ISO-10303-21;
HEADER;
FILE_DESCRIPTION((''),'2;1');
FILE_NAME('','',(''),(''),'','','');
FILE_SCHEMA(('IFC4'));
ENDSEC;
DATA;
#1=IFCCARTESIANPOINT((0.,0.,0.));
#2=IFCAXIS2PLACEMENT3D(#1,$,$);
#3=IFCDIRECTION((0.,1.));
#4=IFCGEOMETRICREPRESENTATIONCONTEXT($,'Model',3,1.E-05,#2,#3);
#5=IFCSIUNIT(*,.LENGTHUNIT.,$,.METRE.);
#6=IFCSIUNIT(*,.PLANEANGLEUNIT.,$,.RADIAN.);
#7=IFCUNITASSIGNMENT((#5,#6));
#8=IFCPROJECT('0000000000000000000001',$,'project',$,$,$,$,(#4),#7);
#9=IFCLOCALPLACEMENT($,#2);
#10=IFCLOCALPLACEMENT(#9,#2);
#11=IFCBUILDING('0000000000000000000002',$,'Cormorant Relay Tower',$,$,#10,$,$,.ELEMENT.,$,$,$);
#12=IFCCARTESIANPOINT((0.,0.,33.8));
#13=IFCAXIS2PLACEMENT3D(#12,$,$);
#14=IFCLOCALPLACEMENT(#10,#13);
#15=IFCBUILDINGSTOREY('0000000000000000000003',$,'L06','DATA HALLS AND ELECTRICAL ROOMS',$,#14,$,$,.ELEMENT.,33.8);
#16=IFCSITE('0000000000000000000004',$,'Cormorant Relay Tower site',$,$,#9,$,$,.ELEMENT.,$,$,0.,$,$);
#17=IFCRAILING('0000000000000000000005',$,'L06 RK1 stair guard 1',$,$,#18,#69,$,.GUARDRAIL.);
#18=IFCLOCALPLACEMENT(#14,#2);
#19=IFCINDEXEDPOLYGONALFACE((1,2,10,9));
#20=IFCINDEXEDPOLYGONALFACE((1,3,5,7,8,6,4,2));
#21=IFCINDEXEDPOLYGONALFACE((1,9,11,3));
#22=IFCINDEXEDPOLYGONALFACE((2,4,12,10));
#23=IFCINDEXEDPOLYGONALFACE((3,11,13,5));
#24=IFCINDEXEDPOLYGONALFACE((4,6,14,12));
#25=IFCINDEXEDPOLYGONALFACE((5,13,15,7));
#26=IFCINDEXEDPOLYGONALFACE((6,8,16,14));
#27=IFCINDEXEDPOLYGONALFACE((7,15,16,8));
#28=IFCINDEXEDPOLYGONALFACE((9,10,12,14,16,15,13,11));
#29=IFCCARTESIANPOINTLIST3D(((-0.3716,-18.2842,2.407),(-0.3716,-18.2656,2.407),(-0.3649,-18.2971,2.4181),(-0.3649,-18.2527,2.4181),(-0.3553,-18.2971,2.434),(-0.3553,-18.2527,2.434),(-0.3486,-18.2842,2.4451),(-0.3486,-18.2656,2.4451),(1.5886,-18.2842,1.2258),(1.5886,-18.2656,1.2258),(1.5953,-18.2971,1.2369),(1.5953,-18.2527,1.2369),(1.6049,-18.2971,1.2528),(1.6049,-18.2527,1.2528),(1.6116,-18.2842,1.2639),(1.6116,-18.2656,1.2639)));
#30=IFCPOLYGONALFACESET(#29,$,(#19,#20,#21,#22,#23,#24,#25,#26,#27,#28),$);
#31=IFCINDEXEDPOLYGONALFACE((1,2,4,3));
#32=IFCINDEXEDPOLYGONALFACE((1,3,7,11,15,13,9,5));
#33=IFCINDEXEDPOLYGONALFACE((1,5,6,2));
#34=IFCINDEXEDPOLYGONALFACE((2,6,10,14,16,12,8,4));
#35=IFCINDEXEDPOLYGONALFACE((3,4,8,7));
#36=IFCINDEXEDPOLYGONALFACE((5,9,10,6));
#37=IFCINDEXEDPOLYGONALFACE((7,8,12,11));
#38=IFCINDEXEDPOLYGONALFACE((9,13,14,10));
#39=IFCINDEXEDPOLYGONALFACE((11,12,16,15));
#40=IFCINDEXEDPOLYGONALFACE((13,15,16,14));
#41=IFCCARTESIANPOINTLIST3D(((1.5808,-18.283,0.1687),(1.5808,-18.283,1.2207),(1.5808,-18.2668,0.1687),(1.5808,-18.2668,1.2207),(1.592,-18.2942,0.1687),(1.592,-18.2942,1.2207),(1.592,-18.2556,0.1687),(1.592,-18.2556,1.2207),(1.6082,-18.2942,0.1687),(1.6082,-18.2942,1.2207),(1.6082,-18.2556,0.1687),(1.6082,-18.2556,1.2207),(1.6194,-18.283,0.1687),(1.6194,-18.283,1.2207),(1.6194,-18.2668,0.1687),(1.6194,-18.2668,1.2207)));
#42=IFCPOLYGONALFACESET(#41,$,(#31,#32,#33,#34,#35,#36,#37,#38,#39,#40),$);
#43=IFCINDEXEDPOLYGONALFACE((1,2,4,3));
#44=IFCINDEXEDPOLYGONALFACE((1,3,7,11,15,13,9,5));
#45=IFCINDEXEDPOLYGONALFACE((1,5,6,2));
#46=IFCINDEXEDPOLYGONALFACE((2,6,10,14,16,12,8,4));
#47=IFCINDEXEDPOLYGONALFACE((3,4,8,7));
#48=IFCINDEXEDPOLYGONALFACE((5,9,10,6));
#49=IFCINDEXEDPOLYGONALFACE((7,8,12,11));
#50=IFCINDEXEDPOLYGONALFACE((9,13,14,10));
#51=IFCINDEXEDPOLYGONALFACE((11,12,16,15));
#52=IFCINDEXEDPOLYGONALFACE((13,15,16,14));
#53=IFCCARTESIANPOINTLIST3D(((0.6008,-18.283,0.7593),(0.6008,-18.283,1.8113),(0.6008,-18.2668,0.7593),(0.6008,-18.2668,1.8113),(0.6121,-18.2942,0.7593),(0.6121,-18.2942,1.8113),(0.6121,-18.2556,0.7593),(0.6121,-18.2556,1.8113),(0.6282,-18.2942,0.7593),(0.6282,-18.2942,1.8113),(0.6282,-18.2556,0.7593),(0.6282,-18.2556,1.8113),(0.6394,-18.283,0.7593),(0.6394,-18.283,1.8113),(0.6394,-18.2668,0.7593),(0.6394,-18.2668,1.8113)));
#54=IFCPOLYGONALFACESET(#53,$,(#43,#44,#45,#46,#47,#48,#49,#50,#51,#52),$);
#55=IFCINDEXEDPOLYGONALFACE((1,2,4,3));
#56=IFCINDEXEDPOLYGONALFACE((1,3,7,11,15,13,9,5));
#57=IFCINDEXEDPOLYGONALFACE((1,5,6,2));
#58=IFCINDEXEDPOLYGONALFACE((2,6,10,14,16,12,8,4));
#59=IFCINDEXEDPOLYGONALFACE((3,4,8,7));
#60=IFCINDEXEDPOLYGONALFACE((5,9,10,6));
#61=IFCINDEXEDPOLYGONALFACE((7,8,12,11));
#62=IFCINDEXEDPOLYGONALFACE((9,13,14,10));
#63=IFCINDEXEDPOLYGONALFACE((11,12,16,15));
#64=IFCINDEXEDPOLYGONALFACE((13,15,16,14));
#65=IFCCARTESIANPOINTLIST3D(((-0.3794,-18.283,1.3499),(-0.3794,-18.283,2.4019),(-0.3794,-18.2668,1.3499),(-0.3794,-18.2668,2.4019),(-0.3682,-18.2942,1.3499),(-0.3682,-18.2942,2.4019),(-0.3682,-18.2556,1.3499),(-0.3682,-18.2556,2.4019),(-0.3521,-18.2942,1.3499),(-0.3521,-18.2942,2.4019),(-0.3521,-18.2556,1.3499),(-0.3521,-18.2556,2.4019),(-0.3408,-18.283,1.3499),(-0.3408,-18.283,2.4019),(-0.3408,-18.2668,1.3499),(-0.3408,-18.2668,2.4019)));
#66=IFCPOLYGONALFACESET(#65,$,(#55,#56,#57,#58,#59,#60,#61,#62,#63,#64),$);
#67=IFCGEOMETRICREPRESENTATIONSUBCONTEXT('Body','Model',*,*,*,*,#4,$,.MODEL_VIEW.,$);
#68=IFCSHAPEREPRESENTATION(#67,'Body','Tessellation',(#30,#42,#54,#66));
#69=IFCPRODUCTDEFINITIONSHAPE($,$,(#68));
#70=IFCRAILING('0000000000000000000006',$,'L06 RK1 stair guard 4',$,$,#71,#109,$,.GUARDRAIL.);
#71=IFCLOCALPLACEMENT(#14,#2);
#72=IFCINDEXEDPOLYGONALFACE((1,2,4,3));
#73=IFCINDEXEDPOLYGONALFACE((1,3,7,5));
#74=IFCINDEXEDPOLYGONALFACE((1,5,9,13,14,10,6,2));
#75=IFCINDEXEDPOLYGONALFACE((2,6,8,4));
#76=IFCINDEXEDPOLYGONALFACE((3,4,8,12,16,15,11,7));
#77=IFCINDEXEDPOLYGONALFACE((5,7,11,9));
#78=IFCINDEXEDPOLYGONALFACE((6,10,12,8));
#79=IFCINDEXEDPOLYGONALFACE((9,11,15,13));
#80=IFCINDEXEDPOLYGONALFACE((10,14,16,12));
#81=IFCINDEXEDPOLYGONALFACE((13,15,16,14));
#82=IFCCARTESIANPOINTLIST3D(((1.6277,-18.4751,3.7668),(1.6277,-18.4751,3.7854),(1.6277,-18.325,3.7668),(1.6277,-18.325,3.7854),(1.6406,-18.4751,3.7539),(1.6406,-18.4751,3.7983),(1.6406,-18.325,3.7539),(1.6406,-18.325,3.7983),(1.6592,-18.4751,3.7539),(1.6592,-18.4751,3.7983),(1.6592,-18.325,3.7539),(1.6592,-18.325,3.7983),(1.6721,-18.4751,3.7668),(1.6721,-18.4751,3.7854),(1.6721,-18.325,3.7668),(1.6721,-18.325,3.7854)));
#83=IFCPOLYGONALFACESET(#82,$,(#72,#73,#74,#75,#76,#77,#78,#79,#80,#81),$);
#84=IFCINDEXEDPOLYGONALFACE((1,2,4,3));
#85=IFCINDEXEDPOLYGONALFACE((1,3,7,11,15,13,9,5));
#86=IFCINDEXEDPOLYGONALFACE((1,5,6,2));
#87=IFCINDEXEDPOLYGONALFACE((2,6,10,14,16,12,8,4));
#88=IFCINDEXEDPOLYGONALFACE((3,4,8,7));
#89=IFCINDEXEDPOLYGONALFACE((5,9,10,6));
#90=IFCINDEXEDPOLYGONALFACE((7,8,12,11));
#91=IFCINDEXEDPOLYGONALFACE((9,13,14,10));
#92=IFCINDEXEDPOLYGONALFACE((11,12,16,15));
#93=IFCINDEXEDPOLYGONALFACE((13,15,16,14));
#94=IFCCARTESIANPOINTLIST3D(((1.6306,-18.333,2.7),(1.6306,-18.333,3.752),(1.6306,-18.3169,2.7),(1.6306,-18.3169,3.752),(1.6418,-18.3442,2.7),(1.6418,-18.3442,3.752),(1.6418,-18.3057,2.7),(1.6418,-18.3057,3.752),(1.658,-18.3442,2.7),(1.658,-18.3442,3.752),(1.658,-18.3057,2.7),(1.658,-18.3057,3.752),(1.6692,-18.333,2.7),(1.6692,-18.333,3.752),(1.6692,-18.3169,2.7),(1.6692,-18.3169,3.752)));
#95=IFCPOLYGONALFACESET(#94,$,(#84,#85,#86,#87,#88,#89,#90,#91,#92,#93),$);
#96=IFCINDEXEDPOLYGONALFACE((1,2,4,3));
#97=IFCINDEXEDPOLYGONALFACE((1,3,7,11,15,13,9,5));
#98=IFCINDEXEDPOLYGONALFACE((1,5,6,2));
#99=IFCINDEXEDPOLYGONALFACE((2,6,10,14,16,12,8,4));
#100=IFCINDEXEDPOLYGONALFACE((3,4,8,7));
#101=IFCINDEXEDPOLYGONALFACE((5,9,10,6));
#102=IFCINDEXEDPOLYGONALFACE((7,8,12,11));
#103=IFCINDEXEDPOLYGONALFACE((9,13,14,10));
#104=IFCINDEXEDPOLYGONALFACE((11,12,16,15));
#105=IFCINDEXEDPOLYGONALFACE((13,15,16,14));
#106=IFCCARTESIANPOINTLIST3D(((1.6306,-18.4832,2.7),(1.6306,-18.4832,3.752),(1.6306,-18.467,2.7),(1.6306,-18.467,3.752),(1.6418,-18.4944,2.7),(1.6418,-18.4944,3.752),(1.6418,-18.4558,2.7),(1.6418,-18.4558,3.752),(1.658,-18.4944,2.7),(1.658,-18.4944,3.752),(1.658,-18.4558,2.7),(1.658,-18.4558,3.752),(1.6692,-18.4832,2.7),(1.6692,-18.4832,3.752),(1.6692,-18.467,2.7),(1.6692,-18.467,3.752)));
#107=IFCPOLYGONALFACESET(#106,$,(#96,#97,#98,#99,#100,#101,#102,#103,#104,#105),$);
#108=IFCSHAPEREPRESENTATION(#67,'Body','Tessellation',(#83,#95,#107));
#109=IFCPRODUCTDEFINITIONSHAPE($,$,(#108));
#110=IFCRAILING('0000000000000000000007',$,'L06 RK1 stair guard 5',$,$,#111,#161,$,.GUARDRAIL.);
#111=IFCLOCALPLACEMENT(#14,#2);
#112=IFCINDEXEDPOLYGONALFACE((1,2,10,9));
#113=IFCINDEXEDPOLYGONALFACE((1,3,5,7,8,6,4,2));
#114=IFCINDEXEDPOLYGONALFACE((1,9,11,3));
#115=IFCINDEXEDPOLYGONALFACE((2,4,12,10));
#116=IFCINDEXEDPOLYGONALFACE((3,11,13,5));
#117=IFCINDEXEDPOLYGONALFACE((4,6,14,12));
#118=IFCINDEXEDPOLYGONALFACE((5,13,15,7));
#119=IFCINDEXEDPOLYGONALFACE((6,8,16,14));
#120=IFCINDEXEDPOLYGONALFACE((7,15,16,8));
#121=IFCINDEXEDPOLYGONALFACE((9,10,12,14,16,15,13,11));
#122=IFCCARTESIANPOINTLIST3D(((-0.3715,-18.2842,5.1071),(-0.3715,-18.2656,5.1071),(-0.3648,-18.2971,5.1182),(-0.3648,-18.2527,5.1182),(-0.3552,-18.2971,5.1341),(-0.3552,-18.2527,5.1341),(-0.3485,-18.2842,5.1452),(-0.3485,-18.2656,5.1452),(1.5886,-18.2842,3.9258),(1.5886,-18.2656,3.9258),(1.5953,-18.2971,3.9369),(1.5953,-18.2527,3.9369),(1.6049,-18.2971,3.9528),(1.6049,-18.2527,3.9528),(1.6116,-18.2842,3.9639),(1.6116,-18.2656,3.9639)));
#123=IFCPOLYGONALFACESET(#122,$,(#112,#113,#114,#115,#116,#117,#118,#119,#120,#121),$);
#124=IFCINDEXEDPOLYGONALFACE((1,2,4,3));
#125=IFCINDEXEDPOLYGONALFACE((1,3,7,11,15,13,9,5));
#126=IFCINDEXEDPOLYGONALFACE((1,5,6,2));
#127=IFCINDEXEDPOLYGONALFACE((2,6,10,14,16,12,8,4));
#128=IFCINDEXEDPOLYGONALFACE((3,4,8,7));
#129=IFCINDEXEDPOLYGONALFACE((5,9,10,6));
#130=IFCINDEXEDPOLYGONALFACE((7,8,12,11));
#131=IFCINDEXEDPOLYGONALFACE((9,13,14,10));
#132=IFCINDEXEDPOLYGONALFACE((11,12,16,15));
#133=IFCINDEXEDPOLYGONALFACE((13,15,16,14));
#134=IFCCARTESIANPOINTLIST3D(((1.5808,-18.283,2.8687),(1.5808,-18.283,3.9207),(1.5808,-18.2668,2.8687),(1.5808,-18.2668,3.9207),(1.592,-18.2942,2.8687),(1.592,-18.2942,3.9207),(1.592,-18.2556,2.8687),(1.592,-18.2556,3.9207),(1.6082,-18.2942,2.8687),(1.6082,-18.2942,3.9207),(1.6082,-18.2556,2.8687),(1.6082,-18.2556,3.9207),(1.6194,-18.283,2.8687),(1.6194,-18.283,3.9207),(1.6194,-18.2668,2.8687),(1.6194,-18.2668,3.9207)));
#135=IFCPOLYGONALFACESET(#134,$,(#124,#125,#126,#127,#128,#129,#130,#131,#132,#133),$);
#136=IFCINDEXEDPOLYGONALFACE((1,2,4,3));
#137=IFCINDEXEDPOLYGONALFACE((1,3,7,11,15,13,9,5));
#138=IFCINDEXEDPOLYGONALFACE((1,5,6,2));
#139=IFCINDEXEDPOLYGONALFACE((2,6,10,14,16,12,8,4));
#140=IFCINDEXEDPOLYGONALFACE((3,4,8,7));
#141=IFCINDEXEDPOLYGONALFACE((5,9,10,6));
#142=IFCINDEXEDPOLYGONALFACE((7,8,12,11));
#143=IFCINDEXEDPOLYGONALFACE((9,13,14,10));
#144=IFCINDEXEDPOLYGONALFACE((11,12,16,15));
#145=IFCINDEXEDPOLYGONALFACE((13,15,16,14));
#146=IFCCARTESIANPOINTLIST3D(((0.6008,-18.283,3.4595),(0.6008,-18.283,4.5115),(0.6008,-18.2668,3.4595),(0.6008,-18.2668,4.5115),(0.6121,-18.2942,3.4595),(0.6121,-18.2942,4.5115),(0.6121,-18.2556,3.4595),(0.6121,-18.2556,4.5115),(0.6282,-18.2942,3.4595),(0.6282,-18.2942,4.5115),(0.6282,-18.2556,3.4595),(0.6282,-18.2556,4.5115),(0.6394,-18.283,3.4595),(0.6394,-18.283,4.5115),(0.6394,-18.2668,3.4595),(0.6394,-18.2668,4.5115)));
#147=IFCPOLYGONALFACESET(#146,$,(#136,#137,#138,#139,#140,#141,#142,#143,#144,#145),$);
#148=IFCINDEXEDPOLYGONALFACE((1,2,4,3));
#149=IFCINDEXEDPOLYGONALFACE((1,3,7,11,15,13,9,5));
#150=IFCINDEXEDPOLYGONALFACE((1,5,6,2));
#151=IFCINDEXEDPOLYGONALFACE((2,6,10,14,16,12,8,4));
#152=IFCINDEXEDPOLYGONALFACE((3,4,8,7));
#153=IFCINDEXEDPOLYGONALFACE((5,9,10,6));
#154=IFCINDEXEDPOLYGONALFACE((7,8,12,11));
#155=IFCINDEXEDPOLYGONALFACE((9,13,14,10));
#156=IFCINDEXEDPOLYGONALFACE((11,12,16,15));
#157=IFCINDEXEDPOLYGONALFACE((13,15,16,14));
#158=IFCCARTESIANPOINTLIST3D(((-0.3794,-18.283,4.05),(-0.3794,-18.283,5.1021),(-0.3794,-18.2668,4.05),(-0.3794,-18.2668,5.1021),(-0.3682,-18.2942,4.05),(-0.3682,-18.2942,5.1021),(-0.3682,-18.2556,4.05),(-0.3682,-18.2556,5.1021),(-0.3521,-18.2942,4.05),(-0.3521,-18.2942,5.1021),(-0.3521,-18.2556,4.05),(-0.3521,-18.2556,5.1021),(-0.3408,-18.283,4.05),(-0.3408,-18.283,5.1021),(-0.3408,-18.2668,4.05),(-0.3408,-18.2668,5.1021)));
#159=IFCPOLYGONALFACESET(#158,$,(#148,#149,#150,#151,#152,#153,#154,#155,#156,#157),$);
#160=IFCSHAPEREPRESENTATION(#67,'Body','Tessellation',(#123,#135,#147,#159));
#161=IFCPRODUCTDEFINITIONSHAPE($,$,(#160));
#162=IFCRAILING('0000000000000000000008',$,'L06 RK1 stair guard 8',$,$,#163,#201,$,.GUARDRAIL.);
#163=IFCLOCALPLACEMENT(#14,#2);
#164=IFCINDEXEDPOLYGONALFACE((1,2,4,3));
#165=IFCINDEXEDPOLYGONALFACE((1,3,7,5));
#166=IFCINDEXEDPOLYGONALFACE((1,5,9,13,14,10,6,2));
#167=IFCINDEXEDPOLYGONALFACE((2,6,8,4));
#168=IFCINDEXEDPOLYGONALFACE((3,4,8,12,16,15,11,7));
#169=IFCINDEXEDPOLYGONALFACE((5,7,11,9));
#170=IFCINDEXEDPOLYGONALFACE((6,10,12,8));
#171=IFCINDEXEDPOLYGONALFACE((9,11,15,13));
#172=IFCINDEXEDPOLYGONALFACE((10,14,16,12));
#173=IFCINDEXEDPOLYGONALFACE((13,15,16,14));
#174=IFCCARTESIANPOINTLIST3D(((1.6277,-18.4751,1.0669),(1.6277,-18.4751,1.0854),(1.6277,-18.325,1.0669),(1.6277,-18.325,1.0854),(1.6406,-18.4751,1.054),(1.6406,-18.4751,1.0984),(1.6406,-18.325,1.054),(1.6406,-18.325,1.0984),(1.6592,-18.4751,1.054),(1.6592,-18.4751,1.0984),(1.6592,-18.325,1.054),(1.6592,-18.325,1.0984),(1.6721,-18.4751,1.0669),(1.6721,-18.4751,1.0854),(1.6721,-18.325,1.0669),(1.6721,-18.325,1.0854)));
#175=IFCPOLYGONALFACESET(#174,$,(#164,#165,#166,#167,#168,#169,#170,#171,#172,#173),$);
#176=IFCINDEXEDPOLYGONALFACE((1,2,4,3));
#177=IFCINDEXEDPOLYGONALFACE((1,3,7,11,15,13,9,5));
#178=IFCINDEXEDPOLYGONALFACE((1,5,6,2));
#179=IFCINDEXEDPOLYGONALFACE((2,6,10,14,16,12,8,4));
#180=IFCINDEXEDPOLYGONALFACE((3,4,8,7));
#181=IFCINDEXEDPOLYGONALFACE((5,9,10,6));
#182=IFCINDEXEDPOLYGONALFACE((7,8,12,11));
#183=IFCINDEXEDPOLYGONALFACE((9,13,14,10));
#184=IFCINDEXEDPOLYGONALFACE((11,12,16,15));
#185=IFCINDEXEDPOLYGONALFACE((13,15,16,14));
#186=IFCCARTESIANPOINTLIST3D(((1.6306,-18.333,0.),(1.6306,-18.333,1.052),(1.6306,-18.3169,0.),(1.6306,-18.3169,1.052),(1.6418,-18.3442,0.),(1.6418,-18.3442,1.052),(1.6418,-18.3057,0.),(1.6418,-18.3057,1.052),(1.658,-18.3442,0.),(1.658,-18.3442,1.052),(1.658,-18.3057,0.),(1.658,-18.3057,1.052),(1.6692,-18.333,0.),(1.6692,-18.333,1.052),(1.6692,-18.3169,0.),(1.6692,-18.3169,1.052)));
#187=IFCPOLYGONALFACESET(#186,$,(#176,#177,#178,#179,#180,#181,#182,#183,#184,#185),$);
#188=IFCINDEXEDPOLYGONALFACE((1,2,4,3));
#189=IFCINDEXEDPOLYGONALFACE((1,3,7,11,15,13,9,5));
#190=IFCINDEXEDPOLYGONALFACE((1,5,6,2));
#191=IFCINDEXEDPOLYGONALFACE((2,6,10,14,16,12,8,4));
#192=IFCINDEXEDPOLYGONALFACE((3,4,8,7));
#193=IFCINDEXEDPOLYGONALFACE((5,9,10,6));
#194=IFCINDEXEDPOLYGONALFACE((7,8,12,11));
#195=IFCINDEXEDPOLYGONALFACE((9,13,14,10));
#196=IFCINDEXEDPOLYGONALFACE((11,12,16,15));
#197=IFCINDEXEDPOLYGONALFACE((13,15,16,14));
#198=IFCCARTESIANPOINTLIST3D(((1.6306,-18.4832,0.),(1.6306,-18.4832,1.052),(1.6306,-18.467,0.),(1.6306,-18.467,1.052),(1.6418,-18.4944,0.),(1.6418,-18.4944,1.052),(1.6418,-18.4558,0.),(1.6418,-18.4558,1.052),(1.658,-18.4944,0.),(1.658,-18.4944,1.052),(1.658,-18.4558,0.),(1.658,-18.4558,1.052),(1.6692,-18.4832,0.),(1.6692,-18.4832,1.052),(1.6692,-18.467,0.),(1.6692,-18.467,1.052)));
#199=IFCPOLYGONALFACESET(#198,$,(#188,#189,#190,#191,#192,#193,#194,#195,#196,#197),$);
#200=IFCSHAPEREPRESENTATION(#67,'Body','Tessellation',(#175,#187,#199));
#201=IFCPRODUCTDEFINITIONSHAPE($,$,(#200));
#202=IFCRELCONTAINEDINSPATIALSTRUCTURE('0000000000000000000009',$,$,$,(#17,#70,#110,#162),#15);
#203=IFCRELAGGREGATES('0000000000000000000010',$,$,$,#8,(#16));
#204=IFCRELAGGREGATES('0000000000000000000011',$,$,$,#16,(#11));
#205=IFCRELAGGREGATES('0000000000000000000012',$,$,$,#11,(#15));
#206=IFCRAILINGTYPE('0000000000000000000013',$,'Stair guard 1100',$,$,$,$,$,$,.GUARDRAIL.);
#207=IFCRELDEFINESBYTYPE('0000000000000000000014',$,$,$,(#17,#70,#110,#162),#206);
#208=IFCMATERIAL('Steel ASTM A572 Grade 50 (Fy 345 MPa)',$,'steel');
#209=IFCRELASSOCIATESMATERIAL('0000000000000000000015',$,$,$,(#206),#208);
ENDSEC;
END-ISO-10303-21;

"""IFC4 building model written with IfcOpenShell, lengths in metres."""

from ifc_helpers import new_model, si_unit, direction, frame, origin, place, context, subcontext, project, spatial, polyline, outline, extrude, material, type_object, element, save


model = new_model("IFC4")

# Units and contexts
model_context = context("Model", 3, precision=1e-05, world=origin(), true_north=direction((0.0, 1.0)))
body_context = subcontext(model_context, "Body", "Model", "MODEL_VIEW")
ifc_project = project(units=[si_unit("LENGTHUNIT", "METRE"), si_unit("PLANEANGLEUNIT", "RADIAN")], contexts=[model_context])

# Site, building, storey
site_placement = place(None, origin())
site = spatial("IfcSite", under=ifc_project, at=site_placement, Name="Cormorant Relay Tower site", CompositionType="ELEMENT", RefElevation=0.0)
building_placement = place(site_placement, origin())
building = spatial("IfcBuilding", under=site, at=building_placement, Name="Cormorant Relay Tower", CompositionType="ELEMENT")
storey_placement = place(building_placement, frame((0.0, 0.0, 33.8)))
storey = spatial("IfcBuildingStorey", under=building, at=storey_placement, Name="L06", Description="DATA HALLS AND ELECTRICAL ROOMS", CompositionType="ELEMENT", Elevation=33.8)

# Railings
ifc_material_1 = material(Name="Steel ASTM A572 Grade 50 (Fy 345 MPa)", Category="steel")
railing_type_1 = type_object("IfcRailingType", Name="Stair guard 1100", PredefinedType="GUARDRAIL", material=ifc_material_1)
railing_1_placement = place(storey_placement, frame((1.6001, -18.2749, 0.1687)))
element("IfcRailing", 1, at=railing_1_placement, inside=storey, type_object=railing_type_1, Name="L06 RK1 stair guard 1", PredefinedType="GUARDRAIL", context=body_context, shape_type="SweptSolid", body=[
    extrude(outline(polyline([(0.0222, 0.0093), (0.0093, 0.0222), (-0.0093, 0.0222), (-0.0222, 0.0093), (-0.0222, -0.0093), (-0.0093, -0.0222), (0.0093, -0.0222), (0.0222, -0.0093), (0.0222, 0.0093)])), frame((0.0, 0.0, 1.0762), z_axis=(-0.856522, 0.0, 0.516111), x_axis=(0.0, -1.0, 0.0)), (0.0, 0.0, 1.0), 2.2886),
    extrude(outline(polyline([(0.0193, 0.0081), (0.0081, 0.0193), (-0.0081, 0.0193), (-0.0193, 0.0081), (-0.0193, -0.0081), (-0.0081, -0.0193), (0.0081, -0.0193), (0.0193, -0.0081), (0.0193, 0.0081)])), origin(), (0.0, 0.0, 1.0), 1.052),
    extrude(outline(polyline([(0.0193, 0.0081), (0.0081, 0.0193), (-0.0081, 0.0193), (-0.0193, 0.0081), (-0.0193, -0.0081), (-0.0081, -0.0193), (0.0081, -0.0193), (0.0193, -0.0081), (0.0193, 0.0081)])), frame((-0.98, 0.0, 0.5906)), (0.0, 0.0, 1.0), 1.052),
    extrude(outline(polyline([(0.0193, 0.0081), (0.0081, 0.0193), (-0.0081, 0.0193), (-0.0193, 0.0081), (-0.0193, -0.0081), (-0.0081, -0.0193), (0.0081, -0.0193), (0.0193, -0.0081), (0.0193, 0.0081)])), frame((-1.9602, 0.0, 1.1812)), (0.0, 0.0, 1.0), 1.052),
])
railing_2_placement = place(storey_placement, frame((1.6499, -18.325, 2.7)))
element("IfcRailing", 2, at=railing_2_placement, inside=storey, type_object=railing_type_1, Name="L06 RK1 stair guard 4", PredefinedType="GUARDRAIL", context=body_context, shape_type="SweptSolid", body=[
    extrude(outline(polyline([(0.0222, 0.0093), (0.0093, 0.0222), (-0.0093, 0.0222), (-0.0222, 0.0093), (-0.0222, -0.0093), (-0.0093, -0.0222), (0.0093, -0.0222), (0.0222, -0.0093), (0.0222, 0.0093)])), frame((0.0, 0.0, 1.0762), z_axis=(0.0, -1.0, 0.0), x_axis=(1.0, 0.0, 0.0)), (0.0, 0.0, 1.0), 0.1501),
    extrude(outline(polyline([(0.0193, 0.0081), (0.0081, 0.0193), (-0.0081, 0.0193), (-0.0193, 0.0081), (-0.0193, -0.0081), (-0.0081, -0.0193), (0.0081, -0.0193), (0.0193, -0.0081), (0.0193, 0.0081)])), origin(), (0.0, 0.0, 1.0), 1.052),
    extrude(outline(polyline([(0.0193, 0.0081), (0.0081, 0.0193), (-0.0081, 0.0193), (-0.0193, 0.0081), (-0.0193, -0.0081), (-0.0081, -0.0193), (0.0081, -0.0193), (0.0193, -0.0081), (0.0193, 0.0081)])), frame((0.0, -0.1501, 0.0)), (0.0, 0.0, 1.0), 1.052),
])
railing_3_placement = place(storey_placement, frame((1.6001, -18.2749, 2.8687)))
element("IfcRailing", 3, at=railing_3_placement, inside=storey, type_object=railing_type_1, Name="L06 RK1 stair guard 5", PredefinedType="GUARDRAIL", context=body_context, shape_type="SweptSolid", body=[
    extrude(outline(polyline([(0.0222, 0.0093), (0.0093, 0.0222), (-0.0093, 0.0222), (-0.0222, 0.0093), (-0.0222, -0.0093), (-0.0093, -0.0222), (0.0093, -0.0222), (0.0222, -0.0093), (0.0222, 0.0093)])), frame((0.0, 0.0, 1.0762), z_axis=(-0.856475, 0.0, 0.516189), x_axis=(0.0, -1.0, 0.0)), (0.0, 0.0, 1.0), 2.2886),
    extrude(outline(polyline([(0.0193, 0.0081), (0.0081, 0.0193), (-0.0081, 0.0193), (-0.0193, 0.0081), (-0.0193, -0.0081), (-0.0081, -0.0193), (0.0081, -0.0193), (0.0193, -0.0081), (0.0193, 0.0081)])), origin(), (0.0, 0.0, 1.0), 1.052),
    extrude(outline(polyline([(0.0193, 0.0081), (0.0081, 0.0193), (-0.0081, 0.0193), (-0.0193, 0.0081), (-0.0193, -0.0081), (-0.0081, -0.0193), (0.0081, -0.0193), (0.0193, -0.0081), (0.0193, 0.0081)])), frame((-0.98, 0.0, 0.5908)), (0.0, 0.0, 1.0), 1.052),
    extrude(outline(polyline([(0.0193, 0.0081), (0.0081, 0.0193), (-0.0081, 0.0193), (-0.0193, 0.0081), (-0.0193, -0.0081), (-0.0081, -0.0193), (0.0081, -0.0193), (0.0193, -0.0081), (0.0193, 0.0081)])), frame((-1.9602, 0.0, 1.1814)), (0.0, 0.0, 1.0), 1.052),
])
railing_4_placement = place(storey_placement, frame((1.6499, -18.325, 0.0)))
element("IfcRailing", 4, at=railing_4_placement, inside=storey, type_object=railing_type_1, Name="L06 RK1 stair guard 8", PredefinedType="GUARDRAIL", context=body_context, shape_type="SweptSolid", body=[
    extrude(outline(polyline([(0.0222, 0.0093), (0.0093, 0.0222), (-0.0093, 0.0222), (-0.0222, 0.0093), (-0.0222, -0.0093), (-0.0093, -0.0222), (0.0093, -0.0222), (0.0222, -0.0093), (0.0222, 0.0093)])), frame((0.0, 0.0, 1.0762), z_axis=(0.0, -1.0, 0.0), x_axis=(1.0, 0.0, 0.0)), (0.0, 0.0, 1.0), 0.1501),
    extrude(outline(polyline([(0.0193, 0.0081), (0.0081, 0.0193), (-0.0081, 0.0193), (-0.0193, 0.0081), (-0.0193, -0.0081), (-0.0081, -0.0193), (0.0081, -0.0193), (0.0193, -0.0081), (0.0193, 0.0081)])), origin(), (0.0, 0.0, 1.0), 1.052),
    extrude(outline(polyline([(0.0193, 0.0081), (0.0081, 0.0193), (-0.0081, 0.0193), (-0.0193, 0.0081), (-0.0193, -0.0081), (-0.0081, -0.0193), (0.0081, -0.0193), (0.0193, -0.0081), (0.0193, 0.0081)])), frame((0.0, -0.1501, 0.0)), (0.0, 0.0, 1.0), 1.052),
])

save(model, "model.ifc")
